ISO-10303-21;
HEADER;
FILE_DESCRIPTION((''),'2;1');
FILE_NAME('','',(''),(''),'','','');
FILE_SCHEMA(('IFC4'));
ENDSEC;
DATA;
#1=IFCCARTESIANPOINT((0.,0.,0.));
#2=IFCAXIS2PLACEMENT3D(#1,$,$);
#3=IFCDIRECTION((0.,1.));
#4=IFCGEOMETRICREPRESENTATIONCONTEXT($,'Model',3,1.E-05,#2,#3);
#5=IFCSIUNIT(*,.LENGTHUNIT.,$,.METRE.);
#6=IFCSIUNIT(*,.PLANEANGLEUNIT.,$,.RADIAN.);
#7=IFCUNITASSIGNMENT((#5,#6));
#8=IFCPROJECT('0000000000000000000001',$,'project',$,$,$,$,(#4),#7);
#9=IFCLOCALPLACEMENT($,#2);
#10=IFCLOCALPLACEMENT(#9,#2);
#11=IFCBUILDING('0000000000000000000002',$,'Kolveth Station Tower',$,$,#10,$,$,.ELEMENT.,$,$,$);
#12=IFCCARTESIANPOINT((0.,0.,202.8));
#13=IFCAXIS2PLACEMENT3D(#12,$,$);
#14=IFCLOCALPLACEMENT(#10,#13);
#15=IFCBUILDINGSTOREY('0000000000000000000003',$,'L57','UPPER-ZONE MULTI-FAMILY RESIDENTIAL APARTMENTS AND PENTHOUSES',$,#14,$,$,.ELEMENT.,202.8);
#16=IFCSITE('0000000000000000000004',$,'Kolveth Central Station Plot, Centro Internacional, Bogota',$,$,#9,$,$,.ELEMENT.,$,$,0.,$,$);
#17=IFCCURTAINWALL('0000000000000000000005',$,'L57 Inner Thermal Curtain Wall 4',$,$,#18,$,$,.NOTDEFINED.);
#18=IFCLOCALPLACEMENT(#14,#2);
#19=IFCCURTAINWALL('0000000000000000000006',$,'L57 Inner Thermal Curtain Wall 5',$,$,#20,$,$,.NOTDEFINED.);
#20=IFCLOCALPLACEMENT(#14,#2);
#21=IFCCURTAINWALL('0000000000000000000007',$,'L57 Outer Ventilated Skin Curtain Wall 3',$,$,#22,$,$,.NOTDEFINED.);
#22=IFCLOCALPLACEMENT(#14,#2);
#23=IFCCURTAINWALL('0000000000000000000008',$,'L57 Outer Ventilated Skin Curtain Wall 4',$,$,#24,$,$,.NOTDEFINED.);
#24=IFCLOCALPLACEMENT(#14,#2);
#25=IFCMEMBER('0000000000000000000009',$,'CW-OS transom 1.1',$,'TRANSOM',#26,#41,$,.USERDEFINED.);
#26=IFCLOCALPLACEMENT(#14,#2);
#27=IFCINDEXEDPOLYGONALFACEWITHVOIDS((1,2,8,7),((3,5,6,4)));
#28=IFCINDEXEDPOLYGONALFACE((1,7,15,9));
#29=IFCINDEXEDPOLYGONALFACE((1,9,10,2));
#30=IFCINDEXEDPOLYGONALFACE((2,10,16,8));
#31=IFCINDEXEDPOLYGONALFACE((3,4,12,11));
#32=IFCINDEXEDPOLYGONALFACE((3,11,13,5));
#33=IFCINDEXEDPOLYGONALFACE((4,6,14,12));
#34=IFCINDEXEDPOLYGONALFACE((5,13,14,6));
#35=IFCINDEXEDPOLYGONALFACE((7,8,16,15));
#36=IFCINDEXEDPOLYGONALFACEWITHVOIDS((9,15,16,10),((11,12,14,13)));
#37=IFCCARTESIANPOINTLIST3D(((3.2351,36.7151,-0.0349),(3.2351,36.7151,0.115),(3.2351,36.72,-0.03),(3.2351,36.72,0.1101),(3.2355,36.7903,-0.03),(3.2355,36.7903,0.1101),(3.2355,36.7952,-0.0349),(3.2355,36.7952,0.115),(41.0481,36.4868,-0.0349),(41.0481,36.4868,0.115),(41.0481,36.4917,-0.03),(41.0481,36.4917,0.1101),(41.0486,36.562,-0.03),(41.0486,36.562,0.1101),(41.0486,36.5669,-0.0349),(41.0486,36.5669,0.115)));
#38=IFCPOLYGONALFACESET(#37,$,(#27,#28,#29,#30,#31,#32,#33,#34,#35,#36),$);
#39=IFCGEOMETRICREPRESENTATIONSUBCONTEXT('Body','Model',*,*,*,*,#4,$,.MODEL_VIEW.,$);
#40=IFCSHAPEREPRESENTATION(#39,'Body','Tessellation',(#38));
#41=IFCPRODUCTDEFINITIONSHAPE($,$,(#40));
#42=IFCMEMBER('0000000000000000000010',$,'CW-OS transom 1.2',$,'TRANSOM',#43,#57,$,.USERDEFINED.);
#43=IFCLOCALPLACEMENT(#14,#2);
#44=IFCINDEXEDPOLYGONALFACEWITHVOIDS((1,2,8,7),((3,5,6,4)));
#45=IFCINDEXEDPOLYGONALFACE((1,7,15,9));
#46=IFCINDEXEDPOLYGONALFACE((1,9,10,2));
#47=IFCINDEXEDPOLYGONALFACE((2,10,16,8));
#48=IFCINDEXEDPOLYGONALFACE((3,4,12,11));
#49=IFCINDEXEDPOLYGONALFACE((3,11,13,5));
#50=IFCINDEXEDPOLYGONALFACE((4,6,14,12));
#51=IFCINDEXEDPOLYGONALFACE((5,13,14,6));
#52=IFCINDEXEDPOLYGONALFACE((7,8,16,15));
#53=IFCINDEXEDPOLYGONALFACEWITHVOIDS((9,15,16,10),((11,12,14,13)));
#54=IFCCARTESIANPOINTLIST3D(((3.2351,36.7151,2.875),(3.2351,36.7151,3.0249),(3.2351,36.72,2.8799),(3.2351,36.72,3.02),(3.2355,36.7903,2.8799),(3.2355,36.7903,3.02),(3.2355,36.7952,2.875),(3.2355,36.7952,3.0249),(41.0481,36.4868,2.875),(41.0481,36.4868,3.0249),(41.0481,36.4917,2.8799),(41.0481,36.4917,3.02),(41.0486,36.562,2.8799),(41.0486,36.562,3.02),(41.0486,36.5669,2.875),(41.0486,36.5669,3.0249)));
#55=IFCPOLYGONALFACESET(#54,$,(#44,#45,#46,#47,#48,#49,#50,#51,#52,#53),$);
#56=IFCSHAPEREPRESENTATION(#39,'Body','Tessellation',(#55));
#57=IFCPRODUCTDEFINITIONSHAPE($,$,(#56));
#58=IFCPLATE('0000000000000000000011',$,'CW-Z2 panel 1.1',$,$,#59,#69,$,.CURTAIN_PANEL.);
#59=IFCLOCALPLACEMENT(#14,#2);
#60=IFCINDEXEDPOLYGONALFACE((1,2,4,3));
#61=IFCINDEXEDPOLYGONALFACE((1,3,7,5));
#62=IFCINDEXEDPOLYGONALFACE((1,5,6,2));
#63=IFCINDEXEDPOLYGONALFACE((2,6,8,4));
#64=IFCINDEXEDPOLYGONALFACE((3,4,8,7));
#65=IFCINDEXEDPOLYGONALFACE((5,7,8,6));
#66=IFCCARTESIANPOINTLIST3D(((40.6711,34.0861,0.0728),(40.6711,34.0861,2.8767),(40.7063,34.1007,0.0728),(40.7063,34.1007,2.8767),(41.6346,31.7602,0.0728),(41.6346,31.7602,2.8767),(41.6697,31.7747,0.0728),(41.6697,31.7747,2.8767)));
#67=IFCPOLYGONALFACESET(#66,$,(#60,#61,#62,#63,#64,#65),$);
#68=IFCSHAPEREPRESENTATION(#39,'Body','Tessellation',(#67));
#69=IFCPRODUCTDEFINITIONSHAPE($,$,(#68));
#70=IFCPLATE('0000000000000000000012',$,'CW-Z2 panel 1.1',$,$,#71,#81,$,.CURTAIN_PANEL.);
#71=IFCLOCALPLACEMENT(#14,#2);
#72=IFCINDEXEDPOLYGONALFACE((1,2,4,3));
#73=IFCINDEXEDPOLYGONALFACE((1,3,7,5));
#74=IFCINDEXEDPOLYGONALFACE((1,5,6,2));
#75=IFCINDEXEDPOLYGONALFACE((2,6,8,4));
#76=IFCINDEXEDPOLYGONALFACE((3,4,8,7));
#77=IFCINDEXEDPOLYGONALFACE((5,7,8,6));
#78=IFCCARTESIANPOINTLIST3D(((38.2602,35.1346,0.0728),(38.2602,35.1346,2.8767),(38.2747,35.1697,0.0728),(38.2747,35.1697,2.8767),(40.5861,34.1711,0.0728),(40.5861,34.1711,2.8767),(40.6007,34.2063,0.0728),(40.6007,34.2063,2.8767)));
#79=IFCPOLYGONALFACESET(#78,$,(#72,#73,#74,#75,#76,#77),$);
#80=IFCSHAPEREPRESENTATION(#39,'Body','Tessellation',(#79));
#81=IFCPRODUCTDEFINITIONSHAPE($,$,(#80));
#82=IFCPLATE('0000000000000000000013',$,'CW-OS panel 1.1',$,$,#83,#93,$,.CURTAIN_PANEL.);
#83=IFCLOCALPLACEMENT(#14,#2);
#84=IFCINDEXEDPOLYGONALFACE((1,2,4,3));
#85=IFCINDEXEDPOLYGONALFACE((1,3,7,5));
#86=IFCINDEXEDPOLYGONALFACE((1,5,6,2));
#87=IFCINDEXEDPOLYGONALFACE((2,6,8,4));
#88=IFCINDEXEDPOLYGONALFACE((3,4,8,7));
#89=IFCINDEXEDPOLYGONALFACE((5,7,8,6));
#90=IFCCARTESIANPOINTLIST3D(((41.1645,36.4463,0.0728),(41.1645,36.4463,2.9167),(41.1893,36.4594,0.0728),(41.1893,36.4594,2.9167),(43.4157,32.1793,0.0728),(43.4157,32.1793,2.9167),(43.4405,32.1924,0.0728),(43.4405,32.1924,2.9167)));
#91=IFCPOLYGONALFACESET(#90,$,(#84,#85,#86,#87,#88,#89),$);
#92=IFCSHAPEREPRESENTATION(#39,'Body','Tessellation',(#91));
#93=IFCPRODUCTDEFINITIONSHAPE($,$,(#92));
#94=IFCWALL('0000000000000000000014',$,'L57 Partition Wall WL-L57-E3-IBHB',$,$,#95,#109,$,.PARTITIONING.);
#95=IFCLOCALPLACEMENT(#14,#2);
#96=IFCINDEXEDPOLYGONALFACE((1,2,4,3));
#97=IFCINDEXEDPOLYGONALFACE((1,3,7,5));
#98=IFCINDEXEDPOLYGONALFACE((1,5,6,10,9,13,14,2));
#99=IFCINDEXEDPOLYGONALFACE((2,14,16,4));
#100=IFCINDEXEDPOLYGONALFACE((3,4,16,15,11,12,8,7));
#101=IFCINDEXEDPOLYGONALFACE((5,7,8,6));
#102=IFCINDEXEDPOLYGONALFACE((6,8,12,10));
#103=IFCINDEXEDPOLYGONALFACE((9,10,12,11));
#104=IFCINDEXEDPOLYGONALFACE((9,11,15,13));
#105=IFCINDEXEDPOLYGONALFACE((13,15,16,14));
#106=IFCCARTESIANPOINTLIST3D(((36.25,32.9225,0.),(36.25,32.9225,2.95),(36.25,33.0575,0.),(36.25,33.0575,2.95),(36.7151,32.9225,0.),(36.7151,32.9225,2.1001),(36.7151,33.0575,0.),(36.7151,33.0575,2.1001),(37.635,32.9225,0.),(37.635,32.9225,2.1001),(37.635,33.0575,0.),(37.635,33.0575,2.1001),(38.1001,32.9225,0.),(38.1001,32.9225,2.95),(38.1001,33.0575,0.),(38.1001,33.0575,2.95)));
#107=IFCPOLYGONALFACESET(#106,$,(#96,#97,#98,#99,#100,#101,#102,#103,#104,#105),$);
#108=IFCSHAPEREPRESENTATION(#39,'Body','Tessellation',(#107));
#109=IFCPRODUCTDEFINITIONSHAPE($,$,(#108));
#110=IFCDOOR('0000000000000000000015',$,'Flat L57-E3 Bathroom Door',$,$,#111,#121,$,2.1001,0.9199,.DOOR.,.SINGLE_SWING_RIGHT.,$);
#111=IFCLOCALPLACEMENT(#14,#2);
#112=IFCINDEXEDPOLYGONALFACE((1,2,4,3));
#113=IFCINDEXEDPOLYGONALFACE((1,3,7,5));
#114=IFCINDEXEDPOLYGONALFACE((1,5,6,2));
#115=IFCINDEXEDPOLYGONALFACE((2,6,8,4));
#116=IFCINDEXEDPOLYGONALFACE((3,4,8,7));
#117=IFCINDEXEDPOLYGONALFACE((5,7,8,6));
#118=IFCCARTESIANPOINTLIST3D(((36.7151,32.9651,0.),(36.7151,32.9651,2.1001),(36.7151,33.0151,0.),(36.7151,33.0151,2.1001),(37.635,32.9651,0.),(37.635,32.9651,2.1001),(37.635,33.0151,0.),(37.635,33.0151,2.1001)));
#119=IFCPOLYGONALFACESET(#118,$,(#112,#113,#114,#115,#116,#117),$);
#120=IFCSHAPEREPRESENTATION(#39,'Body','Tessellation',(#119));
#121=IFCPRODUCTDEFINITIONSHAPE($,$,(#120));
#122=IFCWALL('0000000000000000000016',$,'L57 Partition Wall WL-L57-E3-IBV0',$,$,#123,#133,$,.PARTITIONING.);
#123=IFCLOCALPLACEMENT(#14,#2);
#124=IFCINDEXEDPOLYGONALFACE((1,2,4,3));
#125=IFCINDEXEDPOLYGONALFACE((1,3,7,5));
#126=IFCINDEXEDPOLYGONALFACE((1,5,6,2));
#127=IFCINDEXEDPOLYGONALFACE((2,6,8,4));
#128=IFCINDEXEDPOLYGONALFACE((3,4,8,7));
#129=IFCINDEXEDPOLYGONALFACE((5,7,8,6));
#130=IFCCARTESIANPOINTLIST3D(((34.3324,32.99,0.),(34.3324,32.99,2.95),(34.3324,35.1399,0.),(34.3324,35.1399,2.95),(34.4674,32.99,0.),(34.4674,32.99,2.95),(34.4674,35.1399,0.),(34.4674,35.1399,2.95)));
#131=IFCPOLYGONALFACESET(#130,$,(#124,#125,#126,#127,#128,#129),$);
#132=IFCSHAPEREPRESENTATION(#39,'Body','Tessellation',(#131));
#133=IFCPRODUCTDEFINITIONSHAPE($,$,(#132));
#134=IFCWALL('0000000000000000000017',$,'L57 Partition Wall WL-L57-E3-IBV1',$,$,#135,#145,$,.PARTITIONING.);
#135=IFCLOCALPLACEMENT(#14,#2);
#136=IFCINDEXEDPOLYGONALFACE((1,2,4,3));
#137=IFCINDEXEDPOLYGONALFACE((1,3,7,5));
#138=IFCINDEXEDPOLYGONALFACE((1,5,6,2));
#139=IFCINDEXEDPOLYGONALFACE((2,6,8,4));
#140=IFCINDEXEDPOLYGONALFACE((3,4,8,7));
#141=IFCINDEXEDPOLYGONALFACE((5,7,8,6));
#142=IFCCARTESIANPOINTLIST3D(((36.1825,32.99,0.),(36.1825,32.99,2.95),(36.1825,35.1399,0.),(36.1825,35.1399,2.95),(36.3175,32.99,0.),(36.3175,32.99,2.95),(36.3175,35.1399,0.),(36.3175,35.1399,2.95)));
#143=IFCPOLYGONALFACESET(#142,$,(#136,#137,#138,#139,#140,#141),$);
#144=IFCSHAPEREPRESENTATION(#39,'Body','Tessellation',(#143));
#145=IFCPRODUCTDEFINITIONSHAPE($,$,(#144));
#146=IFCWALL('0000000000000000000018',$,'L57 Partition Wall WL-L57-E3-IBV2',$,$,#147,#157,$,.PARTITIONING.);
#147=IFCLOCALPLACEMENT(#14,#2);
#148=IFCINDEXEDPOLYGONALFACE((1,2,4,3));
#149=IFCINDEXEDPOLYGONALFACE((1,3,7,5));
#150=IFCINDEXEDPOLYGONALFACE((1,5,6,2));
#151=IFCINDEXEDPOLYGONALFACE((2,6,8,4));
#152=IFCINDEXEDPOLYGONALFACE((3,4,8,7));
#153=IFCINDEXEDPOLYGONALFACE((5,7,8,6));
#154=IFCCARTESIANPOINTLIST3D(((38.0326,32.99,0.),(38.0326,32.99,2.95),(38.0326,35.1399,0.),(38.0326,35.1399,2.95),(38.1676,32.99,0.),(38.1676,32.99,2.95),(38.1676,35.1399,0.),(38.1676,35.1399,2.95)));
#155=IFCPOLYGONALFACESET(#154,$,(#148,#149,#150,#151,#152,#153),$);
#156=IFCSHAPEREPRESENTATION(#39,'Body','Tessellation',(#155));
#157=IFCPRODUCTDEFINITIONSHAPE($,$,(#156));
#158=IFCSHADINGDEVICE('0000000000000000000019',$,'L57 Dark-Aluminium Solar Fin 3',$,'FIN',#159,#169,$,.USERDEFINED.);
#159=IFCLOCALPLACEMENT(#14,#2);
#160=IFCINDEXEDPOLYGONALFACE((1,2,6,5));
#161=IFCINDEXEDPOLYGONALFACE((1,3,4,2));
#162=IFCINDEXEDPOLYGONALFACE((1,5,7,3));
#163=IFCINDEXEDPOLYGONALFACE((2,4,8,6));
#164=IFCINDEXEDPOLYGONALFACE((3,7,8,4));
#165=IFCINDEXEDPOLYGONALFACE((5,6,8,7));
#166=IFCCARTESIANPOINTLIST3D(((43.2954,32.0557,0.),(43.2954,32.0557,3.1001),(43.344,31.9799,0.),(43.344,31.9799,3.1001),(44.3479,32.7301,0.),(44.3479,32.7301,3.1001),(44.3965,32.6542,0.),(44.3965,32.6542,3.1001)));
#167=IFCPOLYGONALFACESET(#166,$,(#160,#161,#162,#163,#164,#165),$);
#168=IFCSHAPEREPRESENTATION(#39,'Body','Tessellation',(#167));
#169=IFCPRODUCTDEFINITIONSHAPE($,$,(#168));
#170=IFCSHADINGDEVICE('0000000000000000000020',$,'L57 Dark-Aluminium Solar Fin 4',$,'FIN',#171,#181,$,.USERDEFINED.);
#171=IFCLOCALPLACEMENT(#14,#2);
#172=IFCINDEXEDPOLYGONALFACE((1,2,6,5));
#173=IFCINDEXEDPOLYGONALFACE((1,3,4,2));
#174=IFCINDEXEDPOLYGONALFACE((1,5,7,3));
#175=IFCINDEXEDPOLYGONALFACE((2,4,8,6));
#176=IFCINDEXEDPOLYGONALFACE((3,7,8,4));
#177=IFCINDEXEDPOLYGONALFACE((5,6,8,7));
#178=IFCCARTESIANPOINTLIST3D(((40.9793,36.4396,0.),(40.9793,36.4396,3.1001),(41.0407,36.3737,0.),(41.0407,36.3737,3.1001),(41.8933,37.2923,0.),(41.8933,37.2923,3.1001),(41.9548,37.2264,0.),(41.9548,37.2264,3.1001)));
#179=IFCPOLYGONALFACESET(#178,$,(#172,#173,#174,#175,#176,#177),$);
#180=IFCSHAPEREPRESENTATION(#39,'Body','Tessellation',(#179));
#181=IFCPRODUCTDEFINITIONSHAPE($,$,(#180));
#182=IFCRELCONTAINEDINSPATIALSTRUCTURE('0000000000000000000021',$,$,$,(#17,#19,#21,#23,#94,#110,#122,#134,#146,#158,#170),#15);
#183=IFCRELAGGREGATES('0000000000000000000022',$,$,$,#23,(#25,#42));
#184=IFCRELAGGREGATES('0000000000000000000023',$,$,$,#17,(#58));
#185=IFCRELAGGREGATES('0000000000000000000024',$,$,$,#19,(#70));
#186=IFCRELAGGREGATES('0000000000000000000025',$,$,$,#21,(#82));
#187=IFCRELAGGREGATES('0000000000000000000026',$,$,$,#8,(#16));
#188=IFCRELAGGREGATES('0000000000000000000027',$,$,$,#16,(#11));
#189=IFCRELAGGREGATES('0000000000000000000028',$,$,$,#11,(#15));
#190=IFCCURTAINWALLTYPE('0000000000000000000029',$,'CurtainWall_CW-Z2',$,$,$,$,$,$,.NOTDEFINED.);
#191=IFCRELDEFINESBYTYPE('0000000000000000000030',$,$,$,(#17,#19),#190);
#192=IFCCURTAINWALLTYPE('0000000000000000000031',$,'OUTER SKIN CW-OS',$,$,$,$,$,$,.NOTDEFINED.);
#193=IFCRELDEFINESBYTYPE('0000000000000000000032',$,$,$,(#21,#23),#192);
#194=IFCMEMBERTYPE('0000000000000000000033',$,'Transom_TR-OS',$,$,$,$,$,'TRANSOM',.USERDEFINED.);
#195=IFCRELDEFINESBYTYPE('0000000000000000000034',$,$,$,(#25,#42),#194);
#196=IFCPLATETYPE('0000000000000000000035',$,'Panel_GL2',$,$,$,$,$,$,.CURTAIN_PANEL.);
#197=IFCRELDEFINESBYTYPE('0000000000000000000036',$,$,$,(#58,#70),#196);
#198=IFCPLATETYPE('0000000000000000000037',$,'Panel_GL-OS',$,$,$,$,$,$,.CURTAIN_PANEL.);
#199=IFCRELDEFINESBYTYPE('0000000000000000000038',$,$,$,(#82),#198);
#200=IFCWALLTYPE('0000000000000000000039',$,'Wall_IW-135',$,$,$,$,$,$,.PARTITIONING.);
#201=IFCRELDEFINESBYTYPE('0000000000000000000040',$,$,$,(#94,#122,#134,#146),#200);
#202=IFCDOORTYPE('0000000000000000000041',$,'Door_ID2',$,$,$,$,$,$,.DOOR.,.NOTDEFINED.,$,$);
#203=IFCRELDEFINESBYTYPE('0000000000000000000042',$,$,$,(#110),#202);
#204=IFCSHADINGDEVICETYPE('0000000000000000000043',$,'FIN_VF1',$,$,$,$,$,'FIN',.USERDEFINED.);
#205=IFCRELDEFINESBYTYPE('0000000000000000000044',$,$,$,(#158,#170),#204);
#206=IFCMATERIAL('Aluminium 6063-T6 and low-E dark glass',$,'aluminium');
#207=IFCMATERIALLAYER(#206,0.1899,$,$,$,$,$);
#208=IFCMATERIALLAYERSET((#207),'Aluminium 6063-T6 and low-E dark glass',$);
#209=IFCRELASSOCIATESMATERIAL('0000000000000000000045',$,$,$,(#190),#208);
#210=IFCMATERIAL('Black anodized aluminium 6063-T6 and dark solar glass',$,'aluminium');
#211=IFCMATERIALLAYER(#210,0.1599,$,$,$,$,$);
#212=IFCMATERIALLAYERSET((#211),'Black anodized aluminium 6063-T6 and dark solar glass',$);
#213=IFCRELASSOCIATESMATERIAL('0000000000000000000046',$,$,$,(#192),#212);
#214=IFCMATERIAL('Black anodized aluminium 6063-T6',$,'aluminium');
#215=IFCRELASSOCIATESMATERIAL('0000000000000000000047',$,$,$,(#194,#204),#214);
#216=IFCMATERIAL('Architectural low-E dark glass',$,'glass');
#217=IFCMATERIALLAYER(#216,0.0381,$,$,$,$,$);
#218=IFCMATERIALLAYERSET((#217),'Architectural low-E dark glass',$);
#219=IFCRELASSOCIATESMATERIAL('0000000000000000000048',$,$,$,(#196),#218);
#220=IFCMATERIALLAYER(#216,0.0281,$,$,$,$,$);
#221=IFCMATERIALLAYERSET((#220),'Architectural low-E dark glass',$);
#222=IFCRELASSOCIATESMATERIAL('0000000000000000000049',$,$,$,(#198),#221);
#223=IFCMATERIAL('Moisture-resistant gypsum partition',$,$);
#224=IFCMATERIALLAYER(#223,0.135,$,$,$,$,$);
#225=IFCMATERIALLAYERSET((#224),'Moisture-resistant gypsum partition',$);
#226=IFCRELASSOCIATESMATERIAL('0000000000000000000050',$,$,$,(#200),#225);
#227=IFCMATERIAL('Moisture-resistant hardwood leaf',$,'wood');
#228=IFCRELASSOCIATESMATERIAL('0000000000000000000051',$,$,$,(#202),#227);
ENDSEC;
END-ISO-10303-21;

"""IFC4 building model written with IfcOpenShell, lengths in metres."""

from ifc_helpers import new_model, si_unit, direction, frame, frame_2d, origin, origin_2d, place, context, subcontext, project, spatial, rectangle, hollow_rectangle, extrude, source, transform, mapped, material, layer, layer_set, material_profile, profile_set, type_object, element, fill, aggregate, save


model = new_model("IFC4")

# Units and contexts
model_context = context("Model", 3, precision=1e-05, world=origin(), true_north=direction((0.0, 1.0)))
body_context = subcontext(model_context, "Body", "Model", "MODEL_VIEW")
ifc_project = project(units=[si_unit("LENGTHUNIT", "METRE"), si_unit("PLANEANGLEUNIT", "RADIAN")], contexts=[model_context])

# Site, building, storey
site_placement = place(None, origin())
site = spatial("IfcSite", under=ifc_project, at=site_placement, Name="Kolveth Central Station Plot, Centro Internacional, Bogota", CompositionType="ELEMENT", RefElevation=0.0)
building_placement = place(site_placement, origin())
building = spatial("IfcBuilding", under=site, at=building_placement, Name="Kolveth Station Tower", CompositionType="ELEMENT")
storey_placement = place(building_placement, frame((0.0, 0.0, 202.8)))
storey = spatial("IfcBuildingStorey", under=building, at=storey_placement, Name="L57", Description="UPPER-ZONE MULTI-FAMILY RESIDENTIAL APARTMENTS AND PENTHOUSES", CompositionType="ELEMENT", Elevation=202.8)

# Curtain wall
ifc_material_1 = material(Name="Aluminium 6063-T6 and low-E dark glass", Category="aluminium")
ifc_layer_1 = layer(ifc_material_1, 0.1899)
ifc_layer_set_1 = layer_set([ifc_layer_1], Name="Aluminium 6063-T6 and low-E dark glass")
curtain_wall_type_1 = type_object("IfcCurtainWallType", Name="CurtainWall_CW-Z2", PredefinedType="NOTDEFINED", material=ifc_layer_set_1)
curtain_wall_1_placement = place(storey_placement, origin())
curtain_wall_1 = element("IfcCurtainWall", 1, at=curtain_wall_1_placement, inside=storey, type_object=curtain_wall_type_1, Name="L57 Inner Thermal Curtain Wall 4", PredefinedType="NOTDEFINED")
ifc_material_2 = material(Name="Black anodized aluminium 6063-T6", Category="aluminium")

# Curtain wall
curtain_wall_2_placement = place(storey_placement, origin())
curtain_wall_2 = element("IfcCurtainWall", 2, at=curtain_wall_2_placement, inside=storey, type_object=curtain_wall_type_1, Name="L57 Inner Thermal Curtain Wall 5", PredefinedType="NOTDEFINED")

# Curtain walls
ifc_material_3 = material(Name="Black anodized aluminium 6063-T6 and dark solar glass", Category="aluminium")
ifc_layer_2 = layer(ifc_material_3, 0.1599)
ifc_layer_set_2 = layer_set([ifc_layer_2], Name="Black anodized aluminium 6063-T6 and dark solar glass")
curtain_wall_type_2 = type_object("IfcCurtainWallType", Name="OUTER SKIN CW-OS", PredefinedType="NOTDEFINED", material=ifc_layer_set_2)
curtain_wall_3_placement = place(storey_placement, origin())
curtain_wall_3 = element("IfcCurtainWall", 3, at=curtain_wall_3_placement, inside=storey, type_object=curtain_wall_type_2, Name="L57 Outer Ventilated Skin Curtain Wall 3", PredefinedType="NOTDEFINED")
curtain_wall_4_placement = place(storey_placement, origin())
curtain_wall_4 = element("IfcCurtainWall", 4, at=curtain_wall_4_placement, inside=storey, type_object=curtain_wall_type_2, Name="L57 Outer Ventilated Skin Curtain Wall 4", PredefinedType="NOTDEFINED")

# Members
ifc_material_profile_1 = material_profile(ifc_material_2, hollow_rectangle(XDim=0.0801, YDim=0.1499, WallThickness=0.0049, at=origin_2d()), Name="ALU-80x150x5")
ifc_profile_set_1 = profile_set([ifc_material_profile_1], Name="Black anodized aluminium 6063-T6")
member_type_1 = type_object("IfcMemberType", Name="Transom_TR-OS", ElementType="TRANSOM", PredefinedType="USERDEFINED", material=ifc_profile_set_1)
shared_shape_1 = source(origin(), body_context, "Body", "SweptSolid", [
    extrude(hollow_rectangle(XDim=0.0801, YDim=0.1499, WallThickness=0.0049, at=origin_2d()), origin(), (0.0, 0.0, 1.0), 37.8137),
])
member_1_placement = place(storey_placement, frame((41.0483, 36.5269, 0.04), z_axis=(-0.999982, 0.006037, 0.0), x_axis=(-0.006037, -0.999982, 0.0)))
member_1 = element("IfcMember", 5, at=member_1_placement, type_object=member_type_1, Name="CW-OS transom 1.1", ObjectType="TRANSOM", PredefinedType="USERDEFINED", context=body_context, shape_type="MappedRepresentation", body=[
    mapped(shared_shape_1, transform((0.0, 0.0, 0.0), x_axis=(1.0, 0.0, 0.0), y_axis=(0.0, 1.0, 0.0), z_axis=(0.0, 0.0, 1.0), scale=1.0)),
])
member_2_placement = place(storey_placement, frame((41.0483, 36.5269, 2.95), z_axis=(-0.999982, 0.006037, 0.0), x_axis=(-0.006037, -0.999982, 0.0)))
member_2 = element("IfcMember", 6, at=member_2_placement, type_object=member_type_1, Name="CW-OS transom 1.2", ObjectType="TRANSOM", PredefinedType="USERDEFINED", context=body_context, shape_type="MappedRepresentation", body=[
    mapped(shared_shape_1, transform((0.0, 0.0, 0.0), x_axis=(1.0, 0.0, 0.0), y_axis=(0.0, 1.0, 0.0), z_axis=(0.0, 0.0, 1.0), scale=1.0)),
])
aggregate(curtain_wall_4, [member_1, member_2])

# Plates
ifc_material_4 = material(Name="Architectural low-E dark glass", Category="glass")
ifc_layer_3 = layer(ifc_material_4, 0.0381)
ifc_layer_set_3 = layer_set([ifc_layer_3], Name="Architectural low-E dark glass")
plate_type_1 = type_object("IfcPlateType", Name="Panel_GL2", PredefinedType="CURTAIN_PANEL", material=ifc_layer_set_3)
shared_shape_2 = source(origin(), body_context, "Body", "SweptSolid", [
    extrude(rectangle(XDim=2.5176, YDim=0.0381, at=origin_2d()), origin(), (0.0, 0.0, 1.0), 2.804),
])
plate_1_placement = place(storey_placement, frame((41.1704, 32.9304, 0.0728), z_axis=(0.0, 0.0, 1.0), x_axis=(-0.382698, 0.923874, 0.0)))
plate_1 = element("IfcPlate", 7, at=plate_1_placement, type_object=plate_type_1, Name="CW-Z2 panel 1.1", PredefinedType="CURTAIN_PANEL", context=body_context, shape_type="MappedRepresentation", body=[
    mapped(shared_shape_2, transform((0.0, 0.0, 0.0), x_axis=(1.0, 0.0, 0.0), y_axis=(0.0, 1.0, 0.0), z_axis=(0.0, 0.0, 1.0), scale=1.0)),
])
aggregate(curtain_wall_1, [plate_1])
plate_2_placement = place(storey_placement, frame((39.4304, 34.6704, 0.0728), z_axis=(0.0, 0.0, 1.0), x_axis=(-0.923874, 0.382698, 0.0)))
plate_2 = element("IfcPlate", 8, at=plate_2_placement, type_object=plate_type_1, Name="CW-Z2 panel 1.1", PredefinedType="CURTAIN_PANEL", context=body_context, shape_type="MappedRepresentation", body=[
    mapped(shared_shape_2, transform((0.0, 0.0, 0.0), x_axis=(1.0, 0.0, 0.0), y_axis=(0.0, 1.0, 0.0), z_axis=(0.0, 0.0, 1.0), scale=1.0)),
])
aggregate(curtain_wall_2, [plate_2])
ifc_layer_4 = layer(ifc_material_4, 0.0281)
ifc_layer_set_4 = layer_set([ifc_layer_4], Name="Architectural low-E dark glass")
plate_type_2 = type_object("IfcPlateType", Name="Panel_GL-OS", PredefinedType="CURTAIN_PANEL", material=ifc_layer_set_4)
shared_shape_3 = source(origin(), body_context, "Body", "SweptSolid", [
    extrude(rectangle(XDim=4.8245, YDim=0.0281, at=origin_2d()), origin(), (0.0, 0.0, 1.0), 2.844),
])
plate_3_placement = place(storey_placement, frame((42.3025, 34.3193, 0.0728), z_axis=(0.0, 0.0, 1.0), x_axis=(-0.466617, 0.88446, 0.0)))
plate_3 = element("IfcPlate", 9, at=plate_3_placement, type_object=plate_type_2, Name="CW-OS panel 1.1", PredefinedType="CURTAIN_PANEL", context=body_context, shape_type="MappedRepresentation", body=[
    mapped(shared_shape_3, transform((0.0, 0.0, 0.0), x_axis=(1.0, 0.0, 0.0), y_axis=(0.0, 1.0, 0.0), z_axis=(0.0, 0.0, 1.0), scale=1.0)),
])
aggregate(curtain_wall_3, [plate_3])

# Wall, opening, door
ifc_material_5 = material(Name="Moisture-resistant gypsum partition")
ifc_layer_5 = layer(ifc_material_5, 0.135)
ifc_layer_set_5 = layer_set([ifc_layer_5], Name="Moisture-resistant gypsum partition")
wall_type = type_object("IfcWallType", Name="Wall_IW-135", PredefinedType="PARTITIONING", material=ifc_layer_set_5)
wall_1_placement = place(storey_placement, frame((36.25, 32.99, 0.0), z_axis=(0.0, 0.0, 1.0), x_axis=(1.0, 0.0, 0.0)))
wall_1 = element("IfcWall", 10, at=wall_1_placement, inside=storey, type_object=wall_type, Name="L57 Partition Wall WL-L57-E3-IBHB", PredefinedType="PARTITIONING", context=body_context, shape_type="SweptSolid", body=[
    extrude(rectangle(XDim=1.8501, YDim=0.135, at=frame_2d((0.925, 0.0))), origin(), (0.0, 0.0, 1.0), 2.95),
])
opening_1_placement = place(wall_1_placement, frame((0.4651, 0.0, 0.0)))
opening_1 = element("IfcOpeningElement", 11, at=opening_1_placement, cuts=wall_1, PredefinedType="OPENING", context=body_context, shape_type="SweptSolid", body=[
    extrude(rectangle(XDim=0.9199, YDim=2.1001, at=frame_2d((0.46, 1.05))), frame((0.0, 0.0774, 0.0), z_axis=(0.0, -1.0, 0.0), x_axis=(1.0, 0.0, 0.0)), (0.0, 0.0, 1.0), 0.155),
])
ifc_material_6 = material(Name="Moisture-resistant hardwood leaf", Category="wood")
door_type_1 = type_object("IfcDoorType", Name="Door_ID2", OperationType="NOTDEFINED", PredefinedType="DOOR", material=ifc_material_6)
door_1_placement = place(opening_1_placement, frame((0.9199, 0.0, 0.0), z_axis=(0.0, 0.0, 1.0), x_axis=(-1.0, 0.0, 0.0)))
door_1 = element("IfcDoor", 12, at=door_1_placement, inside=storey, type_object=door_type_1, Name="Flat L57-E3 Bathroom Door", OperationType="SINGLE_SWING_RIGHT", OverallHeight=2.1001, OverallWidth=0.9199, PredefinedType="DOOR", context=body_context, shape_type="SweptSolid", body=[
    extrude(rectangle(XDim=0.9199, YDim=2.1001, at=frame_2d((0.46, 1.05))), frame((0.0, 0.0249, 0.0), z_axis=(0.0, -1.0, 0.0), x_axis=(1.0, 0.0, 0.0)), (0.0, 0.0, 1.0), 0.05),
])
fill(opening_1, door_1)

# Walls
for number, where, z_axis, x_axis, name in (
    (13, (34.3999, 32.99, 0.0), (0.0, 0.0, 1.0), (0.0, 1.0, 0.0), "L57 Partition Wall WL-L57-E3-IBV0"),
    (14, (36.25, 32.99, 0.0), (0.0, 0.0, 1.0), (0.0, 1.0, 0.0), "L57 Partition Wall WL-L57-E3-IBV1"),
    (15, (38.1001, 32.99, 0.0), (0.0, 0.0, 1.0), (0.0, 1.0, 0.0), "L57 Partition Wall WL-L57-E3-IBV2"),
):
    element("IfcWall", number, at=place(storey_placement, frame(where, z_axis=z_axis, x_axis=x_axis)), inside=storey, type_object=wall_type, Name=name, PredefinedType="PARTITIONING", context=body_context, shape_type="SweptSolid", body=[
        extrude(rectangle(XDim=2.1499, YDim=0.135, at=frame_2d((1.075, 0.0))), origin(), (0.0, 0.0, 1.0), 2.95),
    ])

# Shading devices
shading_device_type = type_object("IfcShadingDeviceType", Name="FIN_VF1", ElementType="FIN", PredefinedType="USERDEFINED", material=ifc_material_2)
shared_shape_4 = source(origin(), body_context, "Body", "SweptSolid", [
    extrude(rectangle(XDim=1.25, YDim=0.0901, at=origin_2d()), origin(), (0.0, 0.0, 1.0), 3.1001),
])
for number, where, z_axis, x_axis, name in (
    (16, (43.8459, 32.355, 0.0), (0.0, 0.0, 1.0), (0.841982, 0.539506, 0.0), "L57 Dark-Aluminium Solar Fin 3"),
    (17, (41.467, 36.833, 0.0), (0.0, 0.0, 1.0), (0.731235, 0.682126, 0.0), "L57 Dark-Aluminium Solar Fin 4"),
):
    element("IfcShadingDevice", number, at=place(storey_placement, frame(where, z_axis=z_axis, x_axis=x_axis)), inside=storey, type_object=shading_device_type, Name=name, ObjectType="FIN", PredefinedType="USERDEFINED", context=body_context, shape_type="MappedRepresentation", body=[
        mapped(shared_shape_4, transform((0.0, 0.0, 0.0), x_axis=(1.0, 0.0, 0.0), y_axis=(0.0, 1.0, 0.0), z_axis=(0.0, 0.0, 1.0), scale=1.0)),
    ])

save(model, "model.ifc")
